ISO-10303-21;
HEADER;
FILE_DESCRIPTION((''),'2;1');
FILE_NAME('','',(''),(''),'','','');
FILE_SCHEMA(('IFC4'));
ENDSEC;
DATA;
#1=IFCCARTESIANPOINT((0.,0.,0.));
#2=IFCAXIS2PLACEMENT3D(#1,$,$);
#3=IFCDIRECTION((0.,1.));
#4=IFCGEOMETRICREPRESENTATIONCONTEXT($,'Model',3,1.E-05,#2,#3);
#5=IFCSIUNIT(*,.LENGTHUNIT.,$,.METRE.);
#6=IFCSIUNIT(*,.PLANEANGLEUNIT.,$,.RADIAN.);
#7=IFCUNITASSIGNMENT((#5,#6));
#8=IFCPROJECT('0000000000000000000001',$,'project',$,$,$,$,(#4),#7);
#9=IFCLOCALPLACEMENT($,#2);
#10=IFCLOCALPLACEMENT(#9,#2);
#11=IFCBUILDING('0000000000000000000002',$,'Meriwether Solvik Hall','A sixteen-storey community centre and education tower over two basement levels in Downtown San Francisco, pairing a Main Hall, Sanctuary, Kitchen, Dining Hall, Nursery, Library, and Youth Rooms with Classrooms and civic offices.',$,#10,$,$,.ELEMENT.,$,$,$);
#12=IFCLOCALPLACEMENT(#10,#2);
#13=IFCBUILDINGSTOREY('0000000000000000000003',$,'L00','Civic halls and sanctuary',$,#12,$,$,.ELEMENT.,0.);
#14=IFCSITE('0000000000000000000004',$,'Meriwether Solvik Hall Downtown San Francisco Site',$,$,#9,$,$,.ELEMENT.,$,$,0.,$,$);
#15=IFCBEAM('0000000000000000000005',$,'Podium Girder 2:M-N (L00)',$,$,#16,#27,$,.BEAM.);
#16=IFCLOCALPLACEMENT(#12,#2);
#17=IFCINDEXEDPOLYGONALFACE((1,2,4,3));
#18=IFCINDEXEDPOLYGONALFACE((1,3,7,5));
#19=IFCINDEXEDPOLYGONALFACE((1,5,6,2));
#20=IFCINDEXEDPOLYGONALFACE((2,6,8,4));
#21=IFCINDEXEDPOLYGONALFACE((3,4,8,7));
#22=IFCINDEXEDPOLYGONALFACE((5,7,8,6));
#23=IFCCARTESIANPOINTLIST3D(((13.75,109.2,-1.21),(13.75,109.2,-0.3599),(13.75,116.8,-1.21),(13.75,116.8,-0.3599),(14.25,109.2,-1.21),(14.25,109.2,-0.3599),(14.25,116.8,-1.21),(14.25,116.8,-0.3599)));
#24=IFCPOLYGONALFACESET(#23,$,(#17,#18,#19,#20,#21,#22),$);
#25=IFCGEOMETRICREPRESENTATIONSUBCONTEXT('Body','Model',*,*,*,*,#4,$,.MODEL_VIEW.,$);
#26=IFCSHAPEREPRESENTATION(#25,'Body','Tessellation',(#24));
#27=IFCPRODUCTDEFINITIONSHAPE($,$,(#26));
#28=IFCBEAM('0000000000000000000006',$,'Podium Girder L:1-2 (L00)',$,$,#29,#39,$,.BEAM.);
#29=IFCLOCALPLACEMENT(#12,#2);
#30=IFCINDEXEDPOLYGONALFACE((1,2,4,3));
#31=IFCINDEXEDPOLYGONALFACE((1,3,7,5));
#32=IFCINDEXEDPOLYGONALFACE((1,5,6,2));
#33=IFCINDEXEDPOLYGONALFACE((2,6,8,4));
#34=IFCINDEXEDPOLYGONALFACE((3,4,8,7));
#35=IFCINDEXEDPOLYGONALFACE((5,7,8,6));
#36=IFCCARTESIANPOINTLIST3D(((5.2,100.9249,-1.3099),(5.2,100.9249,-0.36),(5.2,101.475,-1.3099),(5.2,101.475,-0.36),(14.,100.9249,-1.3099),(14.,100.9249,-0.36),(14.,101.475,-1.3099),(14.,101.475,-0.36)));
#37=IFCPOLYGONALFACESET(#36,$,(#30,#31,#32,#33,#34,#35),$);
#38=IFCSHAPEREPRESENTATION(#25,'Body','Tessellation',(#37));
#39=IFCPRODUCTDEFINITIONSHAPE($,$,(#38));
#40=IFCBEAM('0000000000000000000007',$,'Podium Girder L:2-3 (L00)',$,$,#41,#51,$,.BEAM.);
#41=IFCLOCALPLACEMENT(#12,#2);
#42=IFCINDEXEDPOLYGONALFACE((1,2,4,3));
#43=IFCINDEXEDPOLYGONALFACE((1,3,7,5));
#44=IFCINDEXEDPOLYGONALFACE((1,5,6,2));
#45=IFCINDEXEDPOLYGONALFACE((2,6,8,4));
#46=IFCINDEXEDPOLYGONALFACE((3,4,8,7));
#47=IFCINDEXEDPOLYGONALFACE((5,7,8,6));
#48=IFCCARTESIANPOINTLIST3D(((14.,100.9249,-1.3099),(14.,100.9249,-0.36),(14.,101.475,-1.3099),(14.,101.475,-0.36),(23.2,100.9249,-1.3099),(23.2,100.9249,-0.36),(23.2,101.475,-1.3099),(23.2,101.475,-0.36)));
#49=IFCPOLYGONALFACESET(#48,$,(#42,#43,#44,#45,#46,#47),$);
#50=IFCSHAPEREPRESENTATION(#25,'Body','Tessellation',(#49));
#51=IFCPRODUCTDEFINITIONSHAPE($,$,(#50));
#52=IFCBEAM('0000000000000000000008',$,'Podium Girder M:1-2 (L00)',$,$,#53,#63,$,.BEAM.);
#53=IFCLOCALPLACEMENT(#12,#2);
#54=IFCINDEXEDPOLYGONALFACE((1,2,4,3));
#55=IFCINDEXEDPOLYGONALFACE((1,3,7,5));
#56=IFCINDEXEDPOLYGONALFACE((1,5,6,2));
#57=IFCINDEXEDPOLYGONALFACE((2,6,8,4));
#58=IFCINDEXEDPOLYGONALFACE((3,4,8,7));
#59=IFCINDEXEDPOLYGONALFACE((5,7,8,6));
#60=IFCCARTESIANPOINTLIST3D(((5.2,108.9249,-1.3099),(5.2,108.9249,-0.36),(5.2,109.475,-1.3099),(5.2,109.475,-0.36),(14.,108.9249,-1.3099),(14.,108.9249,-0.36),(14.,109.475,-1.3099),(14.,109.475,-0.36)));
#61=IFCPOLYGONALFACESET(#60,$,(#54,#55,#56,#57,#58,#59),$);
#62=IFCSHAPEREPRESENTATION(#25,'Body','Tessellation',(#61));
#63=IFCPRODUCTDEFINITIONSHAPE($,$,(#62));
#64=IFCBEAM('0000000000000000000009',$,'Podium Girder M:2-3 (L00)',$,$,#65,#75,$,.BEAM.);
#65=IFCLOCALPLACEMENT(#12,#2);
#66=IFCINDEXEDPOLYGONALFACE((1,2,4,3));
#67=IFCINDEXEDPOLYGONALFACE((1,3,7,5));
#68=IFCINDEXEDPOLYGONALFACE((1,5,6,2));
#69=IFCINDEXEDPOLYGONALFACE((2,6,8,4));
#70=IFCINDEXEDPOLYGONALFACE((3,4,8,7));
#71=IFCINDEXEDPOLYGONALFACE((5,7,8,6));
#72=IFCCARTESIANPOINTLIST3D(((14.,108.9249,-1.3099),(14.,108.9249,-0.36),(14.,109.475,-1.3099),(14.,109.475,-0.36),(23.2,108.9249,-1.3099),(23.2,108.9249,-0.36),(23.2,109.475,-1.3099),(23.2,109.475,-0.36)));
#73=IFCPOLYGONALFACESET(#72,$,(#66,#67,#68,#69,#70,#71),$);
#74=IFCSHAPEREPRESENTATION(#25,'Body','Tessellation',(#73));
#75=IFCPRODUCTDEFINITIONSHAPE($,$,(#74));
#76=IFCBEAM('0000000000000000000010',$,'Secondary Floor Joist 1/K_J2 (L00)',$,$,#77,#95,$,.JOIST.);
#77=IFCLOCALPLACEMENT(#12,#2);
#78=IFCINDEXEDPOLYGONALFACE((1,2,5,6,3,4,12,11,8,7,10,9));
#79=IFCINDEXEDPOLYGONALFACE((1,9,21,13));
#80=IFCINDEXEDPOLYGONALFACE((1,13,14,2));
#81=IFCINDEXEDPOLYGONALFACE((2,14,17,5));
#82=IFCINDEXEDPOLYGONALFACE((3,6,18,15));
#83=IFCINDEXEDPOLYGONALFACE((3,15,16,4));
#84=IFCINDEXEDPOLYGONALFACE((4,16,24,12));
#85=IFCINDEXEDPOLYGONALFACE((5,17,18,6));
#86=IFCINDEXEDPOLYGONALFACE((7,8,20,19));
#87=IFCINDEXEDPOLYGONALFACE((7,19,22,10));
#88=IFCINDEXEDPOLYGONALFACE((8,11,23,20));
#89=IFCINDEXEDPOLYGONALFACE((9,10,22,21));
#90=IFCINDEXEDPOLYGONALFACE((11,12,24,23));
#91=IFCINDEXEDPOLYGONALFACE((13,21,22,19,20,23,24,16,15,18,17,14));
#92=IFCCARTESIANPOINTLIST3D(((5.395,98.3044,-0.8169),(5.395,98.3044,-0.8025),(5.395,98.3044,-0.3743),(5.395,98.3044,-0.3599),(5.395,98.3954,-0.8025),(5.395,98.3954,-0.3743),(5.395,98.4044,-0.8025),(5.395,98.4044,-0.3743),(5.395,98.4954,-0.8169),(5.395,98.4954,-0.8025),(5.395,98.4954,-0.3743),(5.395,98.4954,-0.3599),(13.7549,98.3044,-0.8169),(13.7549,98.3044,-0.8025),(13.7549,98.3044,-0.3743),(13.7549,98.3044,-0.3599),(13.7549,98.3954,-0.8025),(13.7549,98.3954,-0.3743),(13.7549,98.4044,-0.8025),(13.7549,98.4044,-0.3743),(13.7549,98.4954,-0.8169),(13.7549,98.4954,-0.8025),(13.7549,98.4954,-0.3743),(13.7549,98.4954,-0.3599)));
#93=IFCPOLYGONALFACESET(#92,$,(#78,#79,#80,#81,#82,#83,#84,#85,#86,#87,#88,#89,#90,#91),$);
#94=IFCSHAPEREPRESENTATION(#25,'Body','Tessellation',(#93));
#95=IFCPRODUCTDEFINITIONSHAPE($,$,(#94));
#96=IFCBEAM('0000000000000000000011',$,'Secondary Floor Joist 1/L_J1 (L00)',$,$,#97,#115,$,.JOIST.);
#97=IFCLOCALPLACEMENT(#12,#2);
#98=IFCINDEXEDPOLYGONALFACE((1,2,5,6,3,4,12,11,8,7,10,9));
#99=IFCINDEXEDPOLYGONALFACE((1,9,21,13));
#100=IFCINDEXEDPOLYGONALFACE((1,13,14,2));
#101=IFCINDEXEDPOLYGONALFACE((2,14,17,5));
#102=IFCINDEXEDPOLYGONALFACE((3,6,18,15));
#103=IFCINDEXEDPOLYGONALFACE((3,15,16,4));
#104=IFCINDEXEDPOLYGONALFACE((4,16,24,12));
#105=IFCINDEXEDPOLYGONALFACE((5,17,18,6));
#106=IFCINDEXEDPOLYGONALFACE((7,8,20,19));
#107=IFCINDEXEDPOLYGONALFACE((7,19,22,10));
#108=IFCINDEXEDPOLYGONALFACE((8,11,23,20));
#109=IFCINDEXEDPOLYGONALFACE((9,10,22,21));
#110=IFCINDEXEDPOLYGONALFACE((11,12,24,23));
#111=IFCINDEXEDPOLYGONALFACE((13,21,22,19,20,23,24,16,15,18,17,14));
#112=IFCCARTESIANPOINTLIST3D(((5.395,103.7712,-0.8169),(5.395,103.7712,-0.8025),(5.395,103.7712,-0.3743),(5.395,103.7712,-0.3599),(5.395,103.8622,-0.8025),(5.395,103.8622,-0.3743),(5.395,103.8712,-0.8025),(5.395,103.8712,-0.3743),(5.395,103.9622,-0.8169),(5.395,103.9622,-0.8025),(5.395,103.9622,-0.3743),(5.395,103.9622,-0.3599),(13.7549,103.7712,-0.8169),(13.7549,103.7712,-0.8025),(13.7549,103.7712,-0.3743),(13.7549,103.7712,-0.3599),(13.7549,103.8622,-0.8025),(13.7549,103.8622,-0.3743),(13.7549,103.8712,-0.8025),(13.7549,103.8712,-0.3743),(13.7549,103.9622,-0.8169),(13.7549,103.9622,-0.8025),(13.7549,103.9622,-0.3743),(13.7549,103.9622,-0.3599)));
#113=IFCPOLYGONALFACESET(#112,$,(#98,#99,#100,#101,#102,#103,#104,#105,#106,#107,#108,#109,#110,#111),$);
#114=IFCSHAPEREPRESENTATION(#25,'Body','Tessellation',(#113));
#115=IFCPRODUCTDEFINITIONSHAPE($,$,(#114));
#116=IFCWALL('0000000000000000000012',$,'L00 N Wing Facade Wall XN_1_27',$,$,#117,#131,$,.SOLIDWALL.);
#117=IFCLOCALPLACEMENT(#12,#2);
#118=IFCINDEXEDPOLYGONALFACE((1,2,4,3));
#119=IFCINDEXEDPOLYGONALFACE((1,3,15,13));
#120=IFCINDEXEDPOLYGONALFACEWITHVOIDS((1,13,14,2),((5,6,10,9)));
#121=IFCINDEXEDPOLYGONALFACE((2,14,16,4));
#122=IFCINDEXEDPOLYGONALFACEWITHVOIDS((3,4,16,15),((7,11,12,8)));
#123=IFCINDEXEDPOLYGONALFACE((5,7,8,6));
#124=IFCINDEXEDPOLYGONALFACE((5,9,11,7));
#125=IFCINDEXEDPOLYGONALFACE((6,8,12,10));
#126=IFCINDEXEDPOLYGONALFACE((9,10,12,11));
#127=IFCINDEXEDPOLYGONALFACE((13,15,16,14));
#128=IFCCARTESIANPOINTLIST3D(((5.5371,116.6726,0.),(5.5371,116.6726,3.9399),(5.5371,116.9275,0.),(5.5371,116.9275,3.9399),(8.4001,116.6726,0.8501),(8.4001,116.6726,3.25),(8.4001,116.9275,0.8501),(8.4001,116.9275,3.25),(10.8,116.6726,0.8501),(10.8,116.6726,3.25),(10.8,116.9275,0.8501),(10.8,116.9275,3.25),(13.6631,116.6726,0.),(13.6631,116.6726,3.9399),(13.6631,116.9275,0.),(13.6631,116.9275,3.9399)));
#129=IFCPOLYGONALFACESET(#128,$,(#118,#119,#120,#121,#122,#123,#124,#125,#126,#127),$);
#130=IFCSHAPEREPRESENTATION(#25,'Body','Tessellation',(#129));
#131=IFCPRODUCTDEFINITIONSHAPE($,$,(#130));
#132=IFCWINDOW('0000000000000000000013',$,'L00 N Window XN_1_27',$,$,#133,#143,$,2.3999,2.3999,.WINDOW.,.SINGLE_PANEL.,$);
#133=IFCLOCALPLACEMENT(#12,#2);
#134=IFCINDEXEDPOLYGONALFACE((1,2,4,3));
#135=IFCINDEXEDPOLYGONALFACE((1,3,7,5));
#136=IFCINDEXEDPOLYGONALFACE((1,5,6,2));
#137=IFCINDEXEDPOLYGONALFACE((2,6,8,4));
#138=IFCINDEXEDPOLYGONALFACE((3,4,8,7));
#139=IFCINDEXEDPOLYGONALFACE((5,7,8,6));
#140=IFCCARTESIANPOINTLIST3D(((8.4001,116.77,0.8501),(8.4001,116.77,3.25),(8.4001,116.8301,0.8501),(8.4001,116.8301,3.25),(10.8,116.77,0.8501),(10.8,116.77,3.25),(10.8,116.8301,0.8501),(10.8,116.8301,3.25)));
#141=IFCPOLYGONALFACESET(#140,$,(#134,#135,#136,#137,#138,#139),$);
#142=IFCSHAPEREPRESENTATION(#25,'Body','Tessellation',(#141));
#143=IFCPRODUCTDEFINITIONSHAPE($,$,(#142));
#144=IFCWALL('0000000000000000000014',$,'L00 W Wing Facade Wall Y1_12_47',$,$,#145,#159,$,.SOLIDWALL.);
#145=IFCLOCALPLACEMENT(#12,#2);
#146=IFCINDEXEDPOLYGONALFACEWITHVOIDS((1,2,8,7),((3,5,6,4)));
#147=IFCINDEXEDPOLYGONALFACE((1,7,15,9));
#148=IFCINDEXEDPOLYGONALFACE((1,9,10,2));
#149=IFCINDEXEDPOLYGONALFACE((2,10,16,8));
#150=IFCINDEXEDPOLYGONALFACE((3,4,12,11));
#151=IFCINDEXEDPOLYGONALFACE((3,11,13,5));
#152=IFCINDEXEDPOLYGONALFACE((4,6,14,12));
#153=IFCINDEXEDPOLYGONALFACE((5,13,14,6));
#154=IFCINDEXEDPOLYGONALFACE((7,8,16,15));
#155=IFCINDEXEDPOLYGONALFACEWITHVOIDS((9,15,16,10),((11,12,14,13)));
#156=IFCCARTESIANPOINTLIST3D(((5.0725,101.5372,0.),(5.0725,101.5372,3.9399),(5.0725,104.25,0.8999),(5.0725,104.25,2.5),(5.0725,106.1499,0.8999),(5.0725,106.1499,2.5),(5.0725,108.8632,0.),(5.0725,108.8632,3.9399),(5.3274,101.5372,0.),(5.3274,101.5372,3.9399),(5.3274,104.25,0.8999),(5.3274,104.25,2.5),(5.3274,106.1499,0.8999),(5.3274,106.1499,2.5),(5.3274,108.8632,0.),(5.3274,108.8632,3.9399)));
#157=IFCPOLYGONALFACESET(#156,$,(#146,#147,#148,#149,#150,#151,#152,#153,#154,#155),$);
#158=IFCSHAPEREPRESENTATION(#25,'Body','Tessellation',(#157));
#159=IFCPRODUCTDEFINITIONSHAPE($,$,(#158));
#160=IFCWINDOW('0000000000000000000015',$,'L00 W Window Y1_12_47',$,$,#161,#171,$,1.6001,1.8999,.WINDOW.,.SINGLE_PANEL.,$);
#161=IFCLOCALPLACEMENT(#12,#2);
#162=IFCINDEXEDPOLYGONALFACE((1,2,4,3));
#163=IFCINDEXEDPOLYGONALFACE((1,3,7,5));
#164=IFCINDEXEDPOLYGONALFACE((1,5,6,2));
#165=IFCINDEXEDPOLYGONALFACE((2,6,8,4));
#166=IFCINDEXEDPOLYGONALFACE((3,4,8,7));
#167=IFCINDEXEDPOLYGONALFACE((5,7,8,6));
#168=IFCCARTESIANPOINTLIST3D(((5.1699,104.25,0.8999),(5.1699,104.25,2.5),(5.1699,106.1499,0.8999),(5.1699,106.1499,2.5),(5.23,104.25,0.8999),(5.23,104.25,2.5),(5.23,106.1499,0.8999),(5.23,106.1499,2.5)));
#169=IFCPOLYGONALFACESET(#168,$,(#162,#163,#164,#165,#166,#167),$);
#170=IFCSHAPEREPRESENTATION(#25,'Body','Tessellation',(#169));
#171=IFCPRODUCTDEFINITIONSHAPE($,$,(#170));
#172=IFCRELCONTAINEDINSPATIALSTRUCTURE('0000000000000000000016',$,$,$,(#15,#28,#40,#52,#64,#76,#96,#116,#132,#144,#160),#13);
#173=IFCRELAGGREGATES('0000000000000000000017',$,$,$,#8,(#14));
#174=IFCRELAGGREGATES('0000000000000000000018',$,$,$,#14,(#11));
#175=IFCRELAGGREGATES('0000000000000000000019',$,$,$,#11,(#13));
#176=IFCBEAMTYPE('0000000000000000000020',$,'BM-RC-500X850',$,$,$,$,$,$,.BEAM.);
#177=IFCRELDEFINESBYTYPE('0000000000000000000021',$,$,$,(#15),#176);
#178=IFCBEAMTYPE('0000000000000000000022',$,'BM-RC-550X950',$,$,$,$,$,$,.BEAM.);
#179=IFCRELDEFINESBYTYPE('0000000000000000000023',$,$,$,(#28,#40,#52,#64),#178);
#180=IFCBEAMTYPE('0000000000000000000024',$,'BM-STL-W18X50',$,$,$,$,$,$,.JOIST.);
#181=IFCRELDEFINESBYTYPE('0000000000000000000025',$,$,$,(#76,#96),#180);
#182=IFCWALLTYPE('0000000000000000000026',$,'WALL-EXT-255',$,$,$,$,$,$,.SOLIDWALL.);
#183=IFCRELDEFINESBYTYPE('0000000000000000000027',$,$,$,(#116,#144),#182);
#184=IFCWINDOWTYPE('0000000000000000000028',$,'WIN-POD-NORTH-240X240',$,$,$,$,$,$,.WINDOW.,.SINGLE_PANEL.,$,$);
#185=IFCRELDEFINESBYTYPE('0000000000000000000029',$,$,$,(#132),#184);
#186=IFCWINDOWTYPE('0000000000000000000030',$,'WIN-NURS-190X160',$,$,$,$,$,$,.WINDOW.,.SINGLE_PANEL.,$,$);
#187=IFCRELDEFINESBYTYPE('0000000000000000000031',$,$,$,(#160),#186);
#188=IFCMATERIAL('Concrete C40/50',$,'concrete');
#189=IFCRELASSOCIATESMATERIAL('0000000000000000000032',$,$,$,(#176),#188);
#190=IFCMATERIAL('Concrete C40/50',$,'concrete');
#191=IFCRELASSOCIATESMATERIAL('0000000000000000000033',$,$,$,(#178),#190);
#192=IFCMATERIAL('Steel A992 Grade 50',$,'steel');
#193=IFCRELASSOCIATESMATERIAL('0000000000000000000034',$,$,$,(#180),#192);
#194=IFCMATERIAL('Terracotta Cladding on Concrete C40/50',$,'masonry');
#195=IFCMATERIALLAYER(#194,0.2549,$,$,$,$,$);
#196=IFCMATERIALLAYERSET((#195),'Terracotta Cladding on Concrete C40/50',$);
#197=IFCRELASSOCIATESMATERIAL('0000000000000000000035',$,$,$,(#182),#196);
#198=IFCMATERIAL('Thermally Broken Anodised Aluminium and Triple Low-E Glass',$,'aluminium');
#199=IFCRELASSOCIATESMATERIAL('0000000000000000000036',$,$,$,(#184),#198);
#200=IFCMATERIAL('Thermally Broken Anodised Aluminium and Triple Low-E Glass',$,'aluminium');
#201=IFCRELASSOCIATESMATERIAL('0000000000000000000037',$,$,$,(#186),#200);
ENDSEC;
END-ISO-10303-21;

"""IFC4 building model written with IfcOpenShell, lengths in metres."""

from ifc_helpers import new_model, si_unit, direction, frame, frame_2d, origin, origin_2d, place, context, subcontext, project, spatial, rectangle, i_section, extrude, material, layer, layer_set, material_profile, profile_set, type_object, element, fill, save


model = new_model("IFC4")

# Units and contexts
model_context = context("Model", 3, precision=1e-05, world=origin(), true_north=direction((0.0, 1.0)))
body_context = subcontext(model_context, "Body", "Model", "MODEL_VIEW")
ifc_project = project(units=[si_unit("LENGTHUNIT", "METRE"), si_unit("PLANEANGLEUNIT", "RADIAN")], contexts=[model_context])

# Site, building, storey
site_placement = place(None, origin())
site = spatial("IfcSite", under=ifc_project, at=site_placement, Name="Meriwether Solvik Hall Downtown San Francisco Site", CompositionType="ELEMENT", RefElevation=0.0)
building_placement = place(site_placement, origin())
building = spatial("IfcBuilding", under=site, at=building_placement, Name="Meriwether Solvik Hall", Description="A sixteen-storey community centre and education tower over two basement levels in Downtown San Francisco, pairing a Main Hall, Sanctuary, Kitchen, Dining Hall, Nursery, Library, and Youth Rooms with Classrooms and civic offices.", CompositionType="ELEMENT")
storey_placement = place(building_placement, origin())
storey = spatial("IfcBuildingStorey", under=building, at=storey_placement, Name="L00", Description="Civic halls and sanctuary", CompositionType="ELEMENT", Elevation=0.0)

# Beams
ifc_material_1 = material(Name="Concrete C40/50", Category="concrete")
ifc_material_profile_1 = material_profile(ifc_material_1, rectangle(XDim=0.5, YDim=0.8501, at=origin_2d()), Name="RCB-500X850")
ifc_profile_set_1 = profile_set([ifc_material_profile_1], Name="Concrete C40/50")
beam_type_1 = type_object("IfcBeamType", Name="BM-RC-500X850", PredefinedType="BEAM", material=ifc_profile_set_1)
beam_1_placement = place(storey_placement, frame((14.0, 109.2, -0.7849), z_axis=(0.0, 1.0, 0.0), x_axis=(-1.0, 0.0, 0.0)))
element("IfcBeam", 1, at=beam_1_placement, inside=storey, type_object=beam_type_1, Name="Podium Girder 2:M-N (L00)", PredefinedType="BEAM", context=body_context, shape_type="SweptSolid", body=[
    extrude(rectangle(XDim=0.5, YDim=0.8501, at=origin_2d()), origin(), (0.0, 0.0, 1.0), 7.6001),
])
ifc_material_2 = material(Name="Concrete C40/50", Category="concrete")
ifc_material_profile_2 = material_profile(ifc_material_2, rectangle(XDim=0.55, YDim=0.95, at=origin_2d()), Name="RCB-550X950")
ifc_profile_set_2 = profile_set([ifc_material_profile_2], Name="Concrete C40/50")
beam_type_2 = type_object("IfcBeamType", Name="BM-RC-550X950", PredefinedType="BEAM", material=ifc_profile_set_2)
beam_2_placement = place(storey_placement, frame((5.2, 101.2, -0.835), z_axis=(1.0, 0.0, 0.0), x_axis=(0.0, 1.0, 0.0)))
element("IfcBeam", 2, at=beam_2_placement, inside=storey, type_object=beam_type_2, Name="Podium Girder L:1-2 (L00)", PredefinedType="BEAM", context=body_context, shape_type="SweptSolid", body=[
    extrude(rectangle(XDim=0.55, YDim=0.95, at=origin_2d()), origin(), (0.0, 0.0, 1.0), 8.8),
])
beam_3_placement = place(storey_placement, frame((14.0, 101.2, -0.835), z_axis=(1.0, 0.0, 0.0), x_axis=(0.0, 1.0, 0.0)))
element("IfcBeam", 3, at=beam_3_placement, inside=storey, type_object=beam_type_2, Name="Podium Girder L:2-3 (L00)", PredefinedType="BEAM", context=body_context, shape_type="SweptSolid", body=[
    extrude(rectangle(XDim=0.55, YDim=0.95, at=origin_2d()), origin(), (0.0, 0.0, 1.0), 9.2),
])
beam_4_placement = place(storey_placement, frame((5.2, 109.2, -0.835), z_axis=(1.0, 0.0, 0.0), x_axis=(0.0, 1.0, 0.0)))
element("IfcBeam", 4, at=beam_4_placement, inside=storey, type_object=beam_type_2, Name="Podium Girder M:1-2 (L00)", PredefinedType="BEAM", context=body_context, shape_type="SweptSolid", body=[
    extrude(rectangle(XDim=0.55, YDim=0.95, at=origin_2d()), origin(), (0.0, 0.0, 1.0), 8.8),
])
beam_5_placement = place(storey_placement, frame((14.0, 109.2, -0.835), z_axis=(1.0, 0.0, 0.0), x_axis=(0.0, 1.0, 0.0)))
element("IfcBeam", 5, at=beam_5_placement, inside=storey, type_object=beam_type_2, Name="Podium Girder M:2-3 (L00)", PredefinedType="BEAM", context=body_context, shape_type="SweptSolid", body=[
    extrude(rectangle(XDim=0.55, YDim=0.95, at=origin_2d()), origin(), (0.0, 0.0, 1.0), 9.2),
])
ifc_material_3 = material(Name="Steel A992 Grade 50", Category="steel")
ifc_material_profile_3 = material_profile(ifc_material_3, i_section(OverallWidth=0.1909, OverallDepth=0.457, WebThickness=0.009, FlangeThickness=0.0144, at=origin_2d()), Name="W18X50")
ifc_profile_set_3 = profile_set([ifc_material_profile_3], Name="Steel A992 Grade 50")
beam_type_3 = type_object("IfcBeamType", Name="BM-STL-W18X50", PredefinedType="JOIST", material=ifc_profile_set_3)
for number, where, z_axis, x_axis, name in (
    (6, (5.395, 98.3999, -0.5884), (1.0, 0.0, 0.0), (0.0, 1.0, 0.0), "Secondary Floor Joist 1/K_J2 (L00)"),
    (7, (5.395, 103.8667, -0.5884), (1.0, 0.0, 0.0), (0.0, 1.0, 0.0), "Secondary Floor Joist 1/L_J1 (L00)"),
):
    element("IfcBeam", number, at=place(storey_placement, frame(where, z_axis=z_axis, x_axis=x_axis)), inside=storey, type_object=beam_type_3, Name=name, PredefinedType="JOIST", context=body_context, shape_type="SweptSolid", body=[
        extrude(i_section(OverallWidth=0.1909, OverallDepth=0.457, WebThickness=0.009, FlangeThickness=0.0144, at=origin_2d()), origin(), (0.0, 0.0, 1.0), 8.3599),
    ])

# Walls, openings, windows
ifc_material_4 = material(Name="Terracotta Cladding on Concrete C40/50", Category="masonry")
ifc_layer_1 = layer(ifc_material_4, 0.2549)
ifc_layer_set_1 = layer_set([ifc_layer_1], Name="Terracotta Cladding on Concrete C40/50")
wall_type_1 = type_object("IfcWallType", Name="WALL-EXT-255", PredefinedType="SOLIDWALL", material=ifc_layer_set_1)
wall_1_placement = place(storey_placement, frame((5.5371, 116.8, 0.0), z_axis=(0.0, 0.0, 1.0), x_axis=(1.0, 0.0, 0.0)))
wall_1 = element("IfcWall", 8, at=wall_1_placement, inside=storey, type_object=wall_type_1, Name="L00 N Wing Facade Wall XN_1_27", PredefinedType="SOLIDWALL", context=body_context, shape_type="SweptSolid", body=[
    extrude(rectangle(XDim=8.126, YDim=0.2549, at=frame_2d((4.063, 0.0))), origin(), (0.0, 0.0, 1.0), 3.9399),
])
opening_1_placement = place(wall_1_placement, frame((2.863, 0.0, 0.8501)))
opening_1 = element("IfcOpeningElement", 9, at=opening_1_placement, cuts=wall_1, PredefinedType="OPENING", context=body_context, shape_type="SweptSolid", body=[
    extrude(rectangle(XDim=2.3999, YDim=2.3999, at=frame_2d((1.2, 1.2))), frame((0.0, 0.1394, 0.0), z_axis=(0.0, -1.0, 0.0), x_axis=(1.0, 0.0, 0.0)), (0.0, 0.0, 1.0), 0.2788),
])
ifc_material_5 = material(Name="Thermally Broken Anodised Aluminium and Triple Low-E Glass", Category="aluminium")
window_type_1 = type_object("IfcWindowType", Name="WIN-POD-NORTH-240X240", PartitioningType="SINGLE_PANEL", PredefinedType="WINDOW", material=ifc_material_5)
window_1_placement = place(opening_1_placement, origin())
window_1 = element("IfcWindow", 10, at=window_1_placement, inside=storey, type_object=window_type_1, Name="L00 N Window XN_1_27", OverallHeight=2.3999, OverallWidth=2.3999, PartitioningType="SINGLE_PANEL", PredefinedType="WINDOW", context=body_context, shape_type="SweptSolid", body=[
    extrude(rectangle(XDim=2.3999, YDim=2.3999, at=frame_2d((1.2, 1.2))), frame((0.0, 0.03, 0.0), z_axis=(0.0, -1.0, 0.0), x_axis=(1.0, 0.0, 0.0)), (0.0, 0.0, 1.0), 0.0601),
])
fill(opening_1, window_1)
wall_2_placement = place(storey_placement, frame((5.2, 101.5371, 0.0), z_axis=(0.0, 0.0, 1.0), x_axis=(0.0, 1.0, 0.0)))
wall_2 = element("IfcWall", 11, at=wall_2_placement, inside=storey, type_object=wall_type_1, Name="L00 W Wing Facade Wall Y1_12_47", PredefinedType="SOLIDWALL", context=body_context, shape_type="SweptSolid", body=[
    extrude(rectangle(XDim=7.3259, YDim=0.2549, at=frame_2d((3.6631, 0.0))), origin(), (0.0, 0.0, 1.0), 3.9399),
])
opening_2_placement = place(wall_2_placement, frame((2.7129, 0.0, 0.8999)))
opening_2 = element("IfcOpeningElement", 12, at=opening_2_placement, cuts=wall_2, PredefinedType="OPENING", context=body_context, shape_type="SweptSolid", body=[
    extrude(rectangle(XDim=1.8999, YDim=1.6001, at=frame_2d((0.95, 0.8))), frame((0.0, 0.1394, 0.0), z_axis=(0.0, -1.0, 0.0), x_axis=(1.0, 0.0, 0.0)), (0.0, 0.0, 1.0), 0.2788),
])
ifc_material_6 = material(Name="Thermally Broken Anodised Aluminium and Triple Low-E Glass", Category="aluminium")
window_type_2 = type_object("IfcWindowType", Name="WIN-NURS-190X160", PartitioningType="SINGLE_PANEL", PredefinedType="WINDOW", material=ifc_material_6)
window_2_placement = place(opening_2_placement, origin())
window_2 = element("IfcWindow", 13, at=window_2_placement, inside=storey, type_object=window_type_2, Name="L00 W Window Y1_12_47", OverallHeight=1.6001, OverallWidth=1.8999, PartitioningType="SINGLE_PANEL", PredefinedType="WINDOW", context=body_context, shape_type="SweptSolid", body=[
    extrude(rectangle(XDim=1.8999, YDim=1.6001, at=frame_2d((0.95, 0.8))), frame((0.0, 0.03, 0.0), z_axis=(0.0, -1.0, 0.0), x_axis=(1.0, 0.0, 0.0)), (0.0, 0.0, 1.0), 0.0601),
])
fill(opening_2, window_2)

save(model, "model.ifc")
